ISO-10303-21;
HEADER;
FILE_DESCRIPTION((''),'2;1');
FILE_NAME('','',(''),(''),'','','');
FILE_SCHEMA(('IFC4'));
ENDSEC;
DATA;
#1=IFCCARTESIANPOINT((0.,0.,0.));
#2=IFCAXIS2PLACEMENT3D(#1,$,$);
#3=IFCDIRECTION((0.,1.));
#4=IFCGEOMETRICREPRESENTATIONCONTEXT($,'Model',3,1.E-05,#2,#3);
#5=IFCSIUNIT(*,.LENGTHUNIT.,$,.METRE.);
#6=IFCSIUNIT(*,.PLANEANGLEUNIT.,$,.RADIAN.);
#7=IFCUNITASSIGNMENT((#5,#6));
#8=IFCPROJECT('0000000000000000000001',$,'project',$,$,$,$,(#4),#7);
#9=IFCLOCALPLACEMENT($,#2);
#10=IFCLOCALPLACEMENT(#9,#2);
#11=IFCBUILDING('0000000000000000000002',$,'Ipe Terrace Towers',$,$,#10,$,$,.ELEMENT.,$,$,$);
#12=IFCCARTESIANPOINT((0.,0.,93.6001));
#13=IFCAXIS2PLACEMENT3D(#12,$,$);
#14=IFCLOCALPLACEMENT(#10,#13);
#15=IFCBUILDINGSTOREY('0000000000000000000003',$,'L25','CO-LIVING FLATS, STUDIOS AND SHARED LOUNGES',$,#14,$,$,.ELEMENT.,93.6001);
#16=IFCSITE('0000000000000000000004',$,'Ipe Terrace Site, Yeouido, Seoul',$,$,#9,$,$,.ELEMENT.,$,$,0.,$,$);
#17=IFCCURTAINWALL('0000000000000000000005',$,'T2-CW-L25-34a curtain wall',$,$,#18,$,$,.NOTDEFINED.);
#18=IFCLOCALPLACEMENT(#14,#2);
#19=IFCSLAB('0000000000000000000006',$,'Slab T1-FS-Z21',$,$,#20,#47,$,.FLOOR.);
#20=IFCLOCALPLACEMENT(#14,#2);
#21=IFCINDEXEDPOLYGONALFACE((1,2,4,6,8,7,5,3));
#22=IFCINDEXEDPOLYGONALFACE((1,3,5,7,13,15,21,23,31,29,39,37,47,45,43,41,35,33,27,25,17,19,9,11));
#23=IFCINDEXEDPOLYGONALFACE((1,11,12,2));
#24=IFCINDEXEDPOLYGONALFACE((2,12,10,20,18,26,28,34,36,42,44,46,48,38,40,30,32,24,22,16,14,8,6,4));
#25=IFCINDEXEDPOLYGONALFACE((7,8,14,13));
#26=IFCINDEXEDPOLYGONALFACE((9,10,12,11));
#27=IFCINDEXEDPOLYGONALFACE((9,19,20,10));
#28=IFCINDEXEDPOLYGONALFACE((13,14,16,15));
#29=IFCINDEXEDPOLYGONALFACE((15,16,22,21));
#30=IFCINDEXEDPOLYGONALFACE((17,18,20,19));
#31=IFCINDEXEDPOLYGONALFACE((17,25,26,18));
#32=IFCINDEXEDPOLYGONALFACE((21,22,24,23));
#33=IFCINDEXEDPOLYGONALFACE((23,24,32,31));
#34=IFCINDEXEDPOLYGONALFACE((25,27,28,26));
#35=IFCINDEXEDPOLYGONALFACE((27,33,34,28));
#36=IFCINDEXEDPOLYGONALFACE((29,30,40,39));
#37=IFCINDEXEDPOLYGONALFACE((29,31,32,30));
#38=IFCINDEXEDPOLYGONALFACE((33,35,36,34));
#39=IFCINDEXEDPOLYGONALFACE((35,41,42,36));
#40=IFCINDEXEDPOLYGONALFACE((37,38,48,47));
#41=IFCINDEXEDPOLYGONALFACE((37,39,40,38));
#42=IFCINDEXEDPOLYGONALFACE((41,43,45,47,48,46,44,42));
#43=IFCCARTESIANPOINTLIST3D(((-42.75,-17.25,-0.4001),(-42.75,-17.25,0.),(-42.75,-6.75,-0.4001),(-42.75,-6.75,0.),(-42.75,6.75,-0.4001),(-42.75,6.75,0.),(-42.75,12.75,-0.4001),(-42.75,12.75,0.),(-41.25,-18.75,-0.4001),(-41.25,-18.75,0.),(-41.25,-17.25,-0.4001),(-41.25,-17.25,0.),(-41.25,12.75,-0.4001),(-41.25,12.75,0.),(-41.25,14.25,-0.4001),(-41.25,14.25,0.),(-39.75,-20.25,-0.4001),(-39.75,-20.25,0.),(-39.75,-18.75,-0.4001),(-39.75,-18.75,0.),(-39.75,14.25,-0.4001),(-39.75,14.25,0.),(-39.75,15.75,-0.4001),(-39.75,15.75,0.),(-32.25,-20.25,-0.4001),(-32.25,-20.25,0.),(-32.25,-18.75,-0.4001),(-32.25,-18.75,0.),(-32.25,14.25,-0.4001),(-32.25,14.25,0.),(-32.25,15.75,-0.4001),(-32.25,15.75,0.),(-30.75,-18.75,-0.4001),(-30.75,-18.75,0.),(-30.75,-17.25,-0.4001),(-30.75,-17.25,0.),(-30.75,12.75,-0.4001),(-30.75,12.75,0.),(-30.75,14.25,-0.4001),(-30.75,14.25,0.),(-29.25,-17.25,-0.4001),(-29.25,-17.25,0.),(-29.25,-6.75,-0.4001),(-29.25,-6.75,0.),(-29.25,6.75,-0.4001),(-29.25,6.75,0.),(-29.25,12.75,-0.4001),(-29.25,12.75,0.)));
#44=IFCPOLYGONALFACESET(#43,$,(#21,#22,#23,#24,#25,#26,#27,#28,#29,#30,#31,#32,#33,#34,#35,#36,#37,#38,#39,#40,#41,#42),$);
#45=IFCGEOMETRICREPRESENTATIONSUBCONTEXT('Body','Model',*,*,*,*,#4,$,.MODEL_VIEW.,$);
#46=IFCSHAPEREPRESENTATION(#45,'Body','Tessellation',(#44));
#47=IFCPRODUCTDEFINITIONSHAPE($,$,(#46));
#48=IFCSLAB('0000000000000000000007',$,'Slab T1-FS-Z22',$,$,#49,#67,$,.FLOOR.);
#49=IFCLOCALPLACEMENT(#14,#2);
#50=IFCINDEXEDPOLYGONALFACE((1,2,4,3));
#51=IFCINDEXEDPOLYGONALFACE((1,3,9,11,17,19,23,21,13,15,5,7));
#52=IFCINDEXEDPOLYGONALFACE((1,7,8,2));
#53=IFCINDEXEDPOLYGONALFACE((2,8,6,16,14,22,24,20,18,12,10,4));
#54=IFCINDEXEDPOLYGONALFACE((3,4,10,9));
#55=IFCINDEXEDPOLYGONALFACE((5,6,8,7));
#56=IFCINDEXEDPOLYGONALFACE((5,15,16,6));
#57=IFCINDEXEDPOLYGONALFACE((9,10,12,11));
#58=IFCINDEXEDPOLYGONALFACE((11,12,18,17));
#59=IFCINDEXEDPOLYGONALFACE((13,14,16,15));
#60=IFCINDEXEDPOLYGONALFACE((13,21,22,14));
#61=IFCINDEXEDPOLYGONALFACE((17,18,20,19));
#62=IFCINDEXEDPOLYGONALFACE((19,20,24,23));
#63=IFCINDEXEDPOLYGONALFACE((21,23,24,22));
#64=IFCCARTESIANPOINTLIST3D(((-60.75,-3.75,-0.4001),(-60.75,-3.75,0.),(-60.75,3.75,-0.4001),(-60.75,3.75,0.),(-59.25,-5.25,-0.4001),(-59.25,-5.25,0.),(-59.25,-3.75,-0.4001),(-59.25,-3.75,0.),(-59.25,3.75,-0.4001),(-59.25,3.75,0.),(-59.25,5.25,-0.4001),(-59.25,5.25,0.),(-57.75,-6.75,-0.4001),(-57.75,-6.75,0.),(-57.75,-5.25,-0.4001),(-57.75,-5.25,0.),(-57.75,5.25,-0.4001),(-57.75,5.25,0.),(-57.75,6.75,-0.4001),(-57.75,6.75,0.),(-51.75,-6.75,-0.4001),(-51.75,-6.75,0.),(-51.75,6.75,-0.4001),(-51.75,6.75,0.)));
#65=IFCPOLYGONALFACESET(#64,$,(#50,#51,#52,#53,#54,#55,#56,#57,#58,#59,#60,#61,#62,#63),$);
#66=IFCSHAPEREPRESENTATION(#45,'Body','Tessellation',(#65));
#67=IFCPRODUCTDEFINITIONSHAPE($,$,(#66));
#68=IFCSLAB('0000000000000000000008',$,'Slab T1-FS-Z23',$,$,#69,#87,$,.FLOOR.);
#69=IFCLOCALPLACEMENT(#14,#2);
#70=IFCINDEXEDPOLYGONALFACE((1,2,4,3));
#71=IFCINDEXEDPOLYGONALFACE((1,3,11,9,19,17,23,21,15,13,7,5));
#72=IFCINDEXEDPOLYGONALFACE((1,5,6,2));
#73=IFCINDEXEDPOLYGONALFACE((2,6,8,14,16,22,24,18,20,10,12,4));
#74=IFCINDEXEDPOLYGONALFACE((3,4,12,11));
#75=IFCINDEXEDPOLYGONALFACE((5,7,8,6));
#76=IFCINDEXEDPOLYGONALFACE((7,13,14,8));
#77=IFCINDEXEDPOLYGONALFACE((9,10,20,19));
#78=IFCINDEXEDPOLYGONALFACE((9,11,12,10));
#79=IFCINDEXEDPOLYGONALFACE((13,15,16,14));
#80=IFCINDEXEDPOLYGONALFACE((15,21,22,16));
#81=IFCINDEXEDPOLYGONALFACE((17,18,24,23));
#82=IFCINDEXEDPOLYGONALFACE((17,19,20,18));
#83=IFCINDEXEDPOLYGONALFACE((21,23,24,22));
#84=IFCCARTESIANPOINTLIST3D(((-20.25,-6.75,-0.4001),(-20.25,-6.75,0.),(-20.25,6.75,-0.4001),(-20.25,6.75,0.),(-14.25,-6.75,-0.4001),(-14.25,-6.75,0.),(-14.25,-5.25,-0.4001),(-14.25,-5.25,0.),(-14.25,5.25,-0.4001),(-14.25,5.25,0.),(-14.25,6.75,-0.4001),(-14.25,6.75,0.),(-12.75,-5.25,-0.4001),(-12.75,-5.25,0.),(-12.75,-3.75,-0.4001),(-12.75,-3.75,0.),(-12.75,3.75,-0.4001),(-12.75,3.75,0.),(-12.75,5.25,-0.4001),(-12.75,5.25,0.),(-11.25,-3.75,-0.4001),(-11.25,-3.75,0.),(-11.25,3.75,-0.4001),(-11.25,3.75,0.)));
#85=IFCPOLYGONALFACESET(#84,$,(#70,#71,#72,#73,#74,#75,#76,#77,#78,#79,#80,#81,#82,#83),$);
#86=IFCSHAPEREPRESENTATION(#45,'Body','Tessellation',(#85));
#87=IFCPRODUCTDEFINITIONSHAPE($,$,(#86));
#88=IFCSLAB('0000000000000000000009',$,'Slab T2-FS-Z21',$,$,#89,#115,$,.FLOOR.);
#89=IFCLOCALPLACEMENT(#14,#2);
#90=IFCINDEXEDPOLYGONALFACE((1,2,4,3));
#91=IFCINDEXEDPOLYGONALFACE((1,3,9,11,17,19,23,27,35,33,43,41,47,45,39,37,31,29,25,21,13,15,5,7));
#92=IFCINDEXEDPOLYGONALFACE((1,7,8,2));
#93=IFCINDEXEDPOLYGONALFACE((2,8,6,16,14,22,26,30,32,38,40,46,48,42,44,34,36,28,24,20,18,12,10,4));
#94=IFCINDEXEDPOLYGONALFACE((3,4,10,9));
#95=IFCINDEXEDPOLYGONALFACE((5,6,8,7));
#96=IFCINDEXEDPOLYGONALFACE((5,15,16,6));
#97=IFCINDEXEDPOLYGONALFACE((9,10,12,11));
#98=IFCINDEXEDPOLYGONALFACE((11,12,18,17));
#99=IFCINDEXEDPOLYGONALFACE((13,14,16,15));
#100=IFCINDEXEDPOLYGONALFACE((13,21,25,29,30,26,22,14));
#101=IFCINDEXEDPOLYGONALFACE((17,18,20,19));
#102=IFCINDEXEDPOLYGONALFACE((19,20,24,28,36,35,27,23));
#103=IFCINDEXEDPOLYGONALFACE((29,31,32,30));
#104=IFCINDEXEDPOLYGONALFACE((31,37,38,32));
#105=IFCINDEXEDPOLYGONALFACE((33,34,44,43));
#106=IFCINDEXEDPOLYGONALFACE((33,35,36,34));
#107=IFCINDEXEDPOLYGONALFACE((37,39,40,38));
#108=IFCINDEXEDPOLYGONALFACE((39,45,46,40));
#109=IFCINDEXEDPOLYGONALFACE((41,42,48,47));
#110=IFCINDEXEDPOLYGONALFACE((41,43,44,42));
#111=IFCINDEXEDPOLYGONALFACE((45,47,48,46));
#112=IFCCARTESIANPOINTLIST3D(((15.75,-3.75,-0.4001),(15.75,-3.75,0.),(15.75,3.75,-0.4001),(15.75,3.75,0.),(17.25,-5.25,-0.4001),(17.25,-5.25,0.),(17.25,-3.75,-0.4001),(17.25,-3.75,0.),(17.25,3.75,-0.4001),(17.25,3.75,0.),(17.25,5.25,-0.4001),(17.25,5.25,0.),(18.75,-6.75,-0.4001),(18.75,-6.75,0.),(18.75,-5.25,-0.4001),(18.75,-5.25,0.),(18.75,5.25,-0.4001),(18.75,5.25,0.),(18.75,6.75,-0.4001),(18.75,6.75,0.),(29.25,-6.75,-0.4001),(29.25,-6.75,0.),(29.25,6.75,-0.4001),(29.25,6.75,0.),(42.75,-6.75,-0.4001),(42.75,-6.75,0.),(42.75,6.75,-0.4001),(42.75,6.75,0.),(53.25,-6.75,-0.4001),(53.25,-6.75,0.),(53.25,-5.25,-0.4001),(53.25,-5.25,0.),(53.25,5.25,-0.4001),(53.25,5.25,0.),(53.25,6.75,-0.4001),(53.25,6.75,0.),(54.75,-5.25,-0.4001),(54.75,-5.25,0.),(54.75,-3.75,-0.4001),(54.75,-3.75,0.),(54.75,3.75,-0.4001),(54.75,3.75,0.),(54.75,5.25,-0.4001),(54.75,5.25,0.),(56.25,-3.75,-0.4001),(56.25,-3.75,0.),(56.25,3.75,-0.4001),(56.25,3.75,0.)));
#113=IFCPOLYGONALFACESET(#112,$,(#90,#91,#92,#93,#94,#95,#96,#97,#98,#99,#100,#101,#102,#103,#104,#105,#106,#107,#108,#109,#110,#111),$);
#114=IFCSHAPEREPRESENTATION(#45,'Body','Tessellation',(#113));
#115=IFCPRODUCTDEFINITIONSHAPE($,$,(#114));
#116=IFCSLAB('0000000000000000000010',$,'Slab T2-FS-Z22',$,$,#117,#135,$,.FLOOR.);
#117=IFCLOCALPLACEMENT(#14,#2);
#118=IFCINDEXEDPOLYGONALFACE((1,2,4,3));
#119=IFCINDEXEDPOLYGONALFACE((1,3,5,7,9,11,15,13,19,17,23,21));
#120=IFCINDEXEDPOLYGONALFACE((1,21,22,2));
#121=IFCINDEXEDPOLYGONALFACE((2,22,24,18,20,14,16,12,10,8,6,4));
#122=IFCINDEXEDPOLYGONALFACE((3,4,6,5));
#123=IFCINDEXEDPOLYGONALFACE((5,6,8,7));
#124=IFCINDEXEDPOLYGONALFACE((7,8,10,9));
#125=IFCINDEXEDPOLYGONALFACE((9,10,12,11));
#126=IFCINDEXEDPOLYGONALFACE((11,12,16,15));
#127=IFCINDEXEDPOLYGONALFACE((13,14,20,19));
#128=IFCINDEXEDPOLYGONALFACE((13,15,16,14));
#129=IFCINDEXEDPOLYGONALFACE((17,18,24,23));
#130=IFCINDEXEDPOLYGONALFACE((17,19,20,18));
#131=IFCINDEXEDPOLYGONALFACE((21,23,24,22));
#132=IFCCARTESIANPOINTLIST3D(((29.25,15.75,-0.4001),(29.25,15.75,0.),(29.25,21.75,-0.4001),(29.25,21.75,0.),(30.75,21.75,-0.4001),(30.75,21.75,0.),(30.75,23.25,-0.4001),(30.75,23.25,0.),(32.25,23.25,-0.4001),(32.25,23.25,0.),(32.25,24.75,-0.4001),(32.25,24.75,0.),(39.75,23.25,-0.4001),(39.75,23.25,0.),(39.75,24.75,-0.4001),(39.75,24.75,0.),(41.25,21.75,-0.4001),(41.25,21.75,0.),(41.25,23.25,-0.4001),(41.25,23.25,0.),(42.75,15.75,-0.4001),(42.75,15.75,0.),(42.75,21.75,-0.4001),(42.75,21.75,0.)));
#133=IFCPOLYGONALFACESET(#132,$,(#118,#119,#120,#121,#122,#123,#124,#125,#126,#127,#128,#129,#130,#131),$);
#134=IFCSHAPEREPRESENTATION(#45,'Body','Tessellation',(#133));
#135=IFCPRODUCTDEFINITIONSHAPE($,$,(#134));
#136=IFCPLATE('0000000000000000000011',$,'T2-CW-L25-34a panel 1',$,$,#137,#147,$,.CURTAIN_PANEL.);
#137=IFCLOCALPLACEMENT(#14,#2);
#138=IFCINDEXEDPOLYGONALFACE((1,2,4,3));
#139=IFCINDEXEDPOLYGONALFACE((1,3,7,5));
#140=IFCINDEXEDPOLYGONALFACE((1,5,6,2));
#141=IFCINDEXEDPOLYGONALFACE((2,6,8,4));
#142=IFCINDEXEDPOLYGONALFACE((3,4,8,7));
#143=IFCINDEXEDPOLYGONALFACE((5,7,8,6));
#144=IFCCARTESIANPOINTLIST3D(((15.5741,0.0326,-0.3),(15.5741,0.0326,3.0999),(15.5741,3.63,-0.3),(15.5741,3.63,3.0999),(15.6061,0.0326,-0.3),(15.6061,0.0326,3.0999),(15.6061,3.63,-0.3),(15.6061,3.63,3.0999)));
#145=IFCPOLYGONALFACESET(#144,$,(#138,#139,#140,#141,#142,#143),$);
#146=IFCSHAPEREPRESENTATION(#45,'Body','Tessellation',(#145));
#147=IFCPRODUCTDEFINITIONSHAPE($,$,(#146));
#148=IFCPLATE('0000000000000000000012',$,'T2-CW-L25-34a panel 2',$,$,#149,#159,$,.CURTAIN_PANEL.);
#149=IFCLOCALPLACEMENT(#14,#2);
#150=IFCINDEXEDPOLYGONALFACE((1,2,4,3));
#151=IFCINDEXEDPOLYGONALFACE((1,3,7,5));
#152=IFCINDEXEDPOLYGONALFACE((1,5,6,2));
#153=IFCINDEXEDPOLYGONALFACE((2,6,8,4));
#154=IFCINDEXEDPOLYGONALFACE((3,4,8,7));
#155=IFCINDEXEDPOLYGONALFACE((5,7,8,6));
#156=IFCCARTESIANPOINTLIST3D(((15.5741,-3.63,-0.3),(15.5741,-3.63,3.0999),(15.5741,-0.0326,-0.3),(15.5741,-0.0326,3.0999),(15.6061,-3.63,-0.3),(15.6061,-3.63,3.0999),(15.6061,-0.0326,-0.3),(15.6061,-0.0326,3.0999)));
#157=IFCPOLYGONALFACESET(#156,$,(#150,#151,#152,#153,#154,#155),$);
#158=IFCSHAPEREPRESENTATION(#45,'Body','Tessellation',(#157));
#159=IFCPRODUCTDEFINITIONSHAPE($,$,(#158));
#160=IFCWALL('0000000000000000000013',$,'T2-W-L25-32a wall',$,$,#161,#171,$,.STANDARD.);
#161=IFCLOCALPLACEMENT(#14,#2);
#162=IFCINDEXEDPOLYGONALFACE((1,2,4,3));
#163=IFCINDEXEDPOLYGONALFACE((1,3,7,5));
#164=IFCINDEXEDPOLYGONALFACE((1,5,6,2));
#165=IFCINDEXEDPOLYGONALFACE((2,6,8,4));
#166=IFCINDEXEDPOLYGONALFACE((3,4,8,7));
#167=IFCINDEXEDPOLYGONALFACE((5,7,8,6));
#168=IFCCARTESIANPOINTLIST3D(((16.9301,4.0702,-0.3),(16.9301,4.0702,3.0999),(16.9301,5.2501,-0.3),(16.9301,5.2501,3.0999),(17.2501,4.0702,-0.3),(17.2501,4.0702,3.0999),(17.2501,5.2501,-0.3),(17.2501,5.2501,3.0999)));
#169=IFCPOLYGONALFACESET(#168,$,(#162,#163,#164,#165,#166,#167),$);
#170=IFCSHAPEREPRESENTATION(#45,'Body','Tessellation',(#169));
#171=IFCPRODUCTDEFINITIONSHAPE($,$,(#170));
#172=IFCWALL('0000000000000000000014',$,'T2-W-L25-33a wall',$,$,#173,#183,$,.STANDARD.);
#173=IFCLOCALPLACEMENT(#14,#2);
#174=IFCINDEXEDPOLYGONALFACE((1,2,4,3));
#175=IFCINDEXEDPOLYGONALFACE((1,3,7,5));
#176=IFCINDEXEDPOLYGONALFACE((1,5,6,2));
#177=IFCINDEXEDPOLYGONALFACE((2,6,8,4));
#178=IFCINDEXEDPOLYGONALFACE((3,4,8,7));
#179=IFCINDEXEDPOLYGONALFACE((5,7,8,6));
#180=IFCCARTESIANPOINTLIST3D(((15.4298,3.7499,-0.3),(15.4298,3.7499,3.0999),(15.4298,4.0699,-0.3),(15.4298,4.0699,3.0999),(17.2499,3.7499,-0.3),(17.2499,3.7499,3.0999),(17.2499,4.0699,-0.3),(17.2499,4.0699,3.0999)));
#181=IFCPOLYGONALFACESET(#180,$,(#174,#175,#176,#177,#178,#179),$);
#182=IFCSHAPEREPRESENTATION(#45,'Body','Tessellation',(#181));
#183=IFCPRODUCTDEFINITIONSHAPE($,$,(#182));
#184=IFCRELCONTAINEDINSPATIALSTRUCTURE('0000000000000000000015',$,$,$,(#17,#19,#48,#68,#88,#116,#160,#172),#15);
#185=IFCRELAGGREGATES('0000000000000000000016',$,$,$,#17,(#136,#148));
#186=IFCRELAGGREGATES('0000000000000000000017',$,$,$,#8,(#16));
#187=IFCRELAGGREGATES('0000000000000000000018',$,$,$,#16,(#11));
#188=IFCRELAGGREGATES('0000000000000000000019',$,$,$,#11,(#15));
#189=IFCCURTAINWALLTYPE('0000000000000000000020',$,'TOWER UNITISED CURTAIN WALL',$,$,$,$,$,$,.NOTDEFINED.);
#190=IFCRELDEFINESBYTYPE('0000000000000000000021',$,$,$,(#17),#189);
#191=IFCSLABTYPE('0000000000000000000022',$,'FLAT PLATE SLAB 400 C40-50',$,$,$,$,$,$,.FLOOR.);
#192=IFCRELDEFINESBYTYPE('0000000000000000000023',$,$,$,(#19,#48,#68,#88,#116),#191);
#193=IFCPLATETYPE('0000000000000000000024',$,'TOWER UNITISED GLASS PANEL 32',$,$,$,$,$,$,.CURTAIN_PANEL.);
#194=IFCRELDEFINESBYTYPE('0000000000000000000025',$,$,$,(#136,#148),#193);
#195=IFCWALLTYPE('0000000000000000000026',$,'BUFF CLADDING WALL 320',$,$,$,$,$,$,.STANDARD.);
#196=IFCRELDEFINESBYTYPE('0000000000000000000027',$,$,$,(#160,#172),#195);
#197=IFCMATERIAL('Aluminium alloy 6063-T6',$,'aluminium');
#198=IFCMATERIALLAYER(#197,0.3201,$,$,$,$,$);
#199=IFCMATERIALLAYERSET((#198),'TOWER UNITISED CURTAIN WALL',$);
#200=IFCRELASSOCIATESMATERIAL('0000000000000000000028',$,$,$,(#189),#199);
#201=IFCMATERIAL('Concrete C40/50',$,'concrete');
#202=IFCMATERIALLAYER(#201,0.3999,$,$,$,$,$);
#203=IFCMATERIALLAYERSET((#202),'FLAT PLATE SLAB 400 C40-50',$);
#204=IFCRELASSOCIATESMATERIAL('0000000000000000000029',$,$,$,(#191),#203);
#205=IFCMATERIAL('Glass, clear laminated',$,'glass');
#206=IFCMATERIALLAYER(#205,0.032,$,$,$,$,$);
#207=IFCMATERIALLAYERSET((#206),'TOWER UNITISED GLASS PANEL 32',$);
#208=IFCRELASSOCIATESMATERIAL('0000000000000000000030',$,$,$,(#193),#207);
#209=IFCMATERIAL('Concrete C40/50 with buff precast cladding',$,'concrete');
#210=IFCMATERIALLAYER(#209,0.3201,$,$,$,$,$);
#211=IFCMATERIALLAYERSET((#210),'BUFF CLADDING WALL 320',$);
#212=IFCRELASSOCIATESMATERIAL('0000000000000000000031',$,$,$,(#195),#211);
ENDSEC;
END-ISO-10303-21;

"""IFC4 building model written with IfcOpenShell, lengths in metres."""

from ifc_helpers import new_model, si_unit, direction, frame, frame_2d, origin, origin_2d, place, context, subcontext, project, spatial, polyline, rectangle, outline, extrude, material, layer, layer_set, type_object, element, aggregate, save


model = new_model("IFC4")

# Units and contexts
model_context = context("Model", 3, precision=1e-05, world=origin(), true_north=direction((0.0, 1.0)))
body_context = subcontext(model_context, "Body", "Model", "MODEL_VIEW")
ifc_project = project(units=[si_unit("LENGTHUNIT", "METRE"), si_unit("PLANEANGLEUNIT", "RADIAN")], contexts=[model_context])

# Site, building, storey
site_placement = place(None, origin())
site = spatial("IfcSite", under=ifc_project, at=site_placement, Name="Ipe Terrace Site, Yeouido, Seoul", CompositionType="ELEMENT", RefElevation=0.0)
building_placement = place(site_placement, origin())
building = spatial("IfcBuilding", under=site, at=building_placement, Name="Ipe Terrace Towers", CompositionType="ELEMENT")
storey_placement = place(building_placement, frame((0.0, 0.0, 93.6001)))
storey = spatial("IfcBuildingStorey", under=building, at=storey_placement, Name="L25", Description="CO-LIVING FLATS, STUDIOS AND SHARED LOUNGES", CompositionType="ELEMENT", Elevation=93.6001)

# Curtain wall
ifc_material_1 = material(Name="Aluminium alloy 6063-T6", Category="aluminium")
ifc_layer_1 = layer(ifc_material_1, 0.3201)
ifc_layer_set_1 = layer_set([ifc_layer_1], Name="TOWER UNITISED CURTAIN WALL")
curtain_wall_type = type_object("IfcCurtainWallType", Name="TOWER UNITISED CURTAIN WALL", PredefinedType="NOTDEFINED", material=ifc_layer_set_1)
curtain_wall_placement = place(storey_placement, origin())
curtain_wall = element("IfcCurtainWall", 1, at=curtain_wall_placement, inside=storey, type_object=curtain_wall_type, Name="T2-CW-L25-34a curtain wall", PredefinedType="NOTDEFINED")

# Slabs
ifc_material_2 = material(Name="Concrete C40/50", Category="concrete")
ifc_layer_2 = layer(ifc_material_2, 0.3999)
ifc_layer_set_2 = layer_set([ifc_layer_2], Name="FLAT PLATE SLAB 400 C40-50")
slab_type_1 = type_object("IfcSlabType", Name="FLAT PLATE SLAB 400 C40-50", PredefinedType="FLOOR", material=ifc_layer_set_2)
slab_1_placement = place(storey_placement, frame((0.0, 0.0, -0.4001)))
element("IfcSlab", 2, at=slab_1_placement, inside=storey, type_object=slab_type_1, Name="Slab T1-FS-Z21", PredefinedType="FLOOR", context=body_context, shape_type="SweptSolid", body=[
    extrude(outline(polyline([(-30.75, -17.25), (-30.75, -18.75), (-32.25, -18.75), (-32.25, -20.25), (-39.75, -20.25), (-39.75, -18.75), (-41.25, -18.75), (-41.25, -17.25), (-42.75, -17.25), (-42.75, -6.75), (-42.75, 6.75), (-42.75, 12.75), (-41.25, 12.75), (-41.25, 14.25), (-39.75, 14.25), (-39.75, 15.75), (-32.25, 15.75), (-32.25, 14.25), (-30.75, 14.25), (-30.75, 12.75), (-29.25, 12.75), (-29.25, 6.75), (-29.25, -6.75), (-29.25, -17.25), (-30.75, -17.25)])), origin(), (0.0, 0.0, 1.0), 0.4001),
])
slab_2_placement = place(storey_placement, frame((0.0, 0.0, -0.4001)))
element("IfcSlab", 3, at=slab_2_placement, inside=storey, type_object=slab_type_1, Name="Slab T1-FS-Z22", PredefinedType="FLOOR", context=body_context, shape_type="SweptSolid", body=[
    extrude(outline(polyline([(-57.75, -6.75), (-57.75, -5.25), (-59.25, -5.25), (-59.25, -3.75), (-60.75, -3.75), (-60.75, 3.75), (-59.25, 3.75), (-59.25, 5.25), (-57.75, 5.25), (-57.75, 6.75), (-51.75, 6.75), (-51.75, -6.75), (-57.75, -6.75)])), origin(), (0.0, 0.0, 1.0), 0.4001),
])
slab_3_placement = place(storey_placement, frame((0.0, 0.0, -0.4001)))
element("IfcSlab", 4, at=slab_3_placement, inside=storey, type_object=slab_type_1, Name="Slab T1-FS-Z23", PredefinedType="FLOOR", context=body_context, shape_type="SweptSolid", body=[
    extrude(outline(polyline([(-14.25, 5.25), (-12.75, 5.25), (-12.75, 3.75), (-11.25, 3.75), (-11.25, -3.75), (-12.75, -3.75), (-12.75, -5.25), (-14.25, -5.25), (-14.25, -6.75), (-20.25, -6.75), (-20.25, 6.75), (-14.25, 6.75), (-14.25, 5.25)])), origin(), (0.0, 0.0, 1.0), 0.4001),
])
slab_4_placement = place(storey_placement, frame((0.0, 0.0, -0.4001)))
element("IfcSlab", 5, at=slab_4_placement, inside=storey, type_object=slab_type_1, Name="Slab T2-FS-Z21", PredefinedType="FLOOR", context=body_context, shape_type="SweptSolid", body=[
    extrude(outline(polyline([(53.25, 5.25), (54.75, 5.25), (54.75, 3.75), (56.25, 3.75), (56.25, -3.75), (54.75, -3.75), (54.75, -5.25), (53.25, -5.25), (53.25, -6.75), (42.75, -6.75), (29.25, -6.75), (18.75, -6.75), (18.75, -5.25), (17.25, -5.25), (17.25, -3.75), (15.75, -3.75), (15.75, 3.75), (17.25, 3.75), (17.25, 5.25), (18.75, 5.25), (18.75, 6.75), (29.25, 6.75), (42.75, 6.75), (53.25, 6.75), (53.25, 5.25)])), origin(), (0.0, 0.0, 1.0), 0.4001),
])
slab_5_placement = place(storey_placement, frame((0.0, 0.0, -0.4001)))
element("IfcSlab", 6, at=slab_5_placement, inside=storey, type_object=slab_type_1, Name="Slab T2-FS-Z22", PredefinedType="FLOOR", context=body_context, shape_type="SweptSolid", body=[
    extrude(outline(polyline([(30.75, 21.75), (30.75, 23.25), (32.25, 23.25), (32.25, 24.75), (39.75, 24.75), (39.75, 23.25), (41.25, 23.25), (41.25, 21.75), (42.75, 21.75), (42.75, 15.75), (29.25, 15.75), (29.25, 21.75), (30.75, 21.75)])), origin(), (0.0, 0.0, 1.0), 0.4001),
])

# Plates
ifc_material_3 = material(Name="Glass, clear laminated", Category="glass")
ifc_layer_3 = layer(ifc_material_3, 0.032)
ifc_layer_set_3 = layer_set([ifc_layer_3], Name="TOWER UNITISED GLASS PANEL 32")
plate_type = type_object("IfcPlateType", Name="TOWER UNITISED GLASS PANEL 32", PredefinedType="CURTAIN_PANEL", material=ifc_layer_set_3)
plate_1_placement = place(storey_placement, frame((15.5901, 1.8313, -0.3), z_axis=(0.0, 0.0, 1.0), x_axis=(0.0, -1.0, 0.0)))
plate_1 = element("IfcPlate", 7, at=plate_1_placement, type_object=plate_type, Name="T2-CW-L25-34a panel 1", PredefinedType="CURTAIN_PANEL", context=body_context, shape_type="SweptSolid", body=[
    extrude(rectangle(XDim=3.5974, YDim=0.032, at=origin_2d()), origin(), (0.0, 0.0, 1.0), 3.3999),
])
plate_2_placement = place(storey_placement, frame((15.5901, -1.8313, -0.3), z_axis=(0.0, 0.0, 1.0), x_axis=(0.0, -1.0, 0.0)))
plate_2 = element("IfcPlate", 8, at=plate_2_placement, type_object=plate_type, Name="T2-CW-L25-34a panel 2", PredefinedType="CURTAIN_PANEL", context=body_context, shape_type="SweptSolid", body=[
    extrude(rectangle(XDim=3.5974, YDim=0.032, at=origin_2d()), origin(), (0.0, 0.0, 1.0), 3.3999),
])
aggregate(curtain_wall, [plate_1, plate_2])

# Walls
ifc_material_4 = material(Name="Concrete C40/50 with buff precast cladding", Category="concrete")
ifc_layer_4 = layer(ifc_material_4, 0.3201)
ifc_layer_set_4 = layer_set([ifc_layer_4], Name="BUFF CLADDING WALL 320")
wall_type = type_object("IfcWallType", Name="BUFF CLADDING WALL 320", PredefinedType="STANDARD", material=ifc_layer_set_4)
wall_1_placement = place(storey_placement, frame((17.0901, 5.25, -0.3), z_axis=(0.0, 0.0, 1.0), x_axis=(0.0, -1.0, 0.0)))
element("IfcWall", 9, at=wall_1_placement, inside=storey, type_object=wall_type, Name="T2-W-L25-32a wall", PredefinedType="STANDARD", context=body_context, shape_type="SweptSolid", body=[
    extrude(rectangle(XDim=1.1799, YDim=0.3201, at=frame_2d((0.5898, 0.0))), origin(), (0.0, 0.0, 1.0), 3.3999),
])
wall_2_placement = place(storey_placement, frame((17.25, 3.9099, -0.3), z_axis=(0.0, 0.0, 1.0), x_axis=(-1.0, 0.0, 0.0)))
element("IfcWall", 10, at=wall_2_placement, inside=storey, type_object=wall_type, Name="T2-W-L25-33a wall", PredefinedType="STANDARD", context=body_context, shape_type="SweptSolid", body=[
    extrude(rectangle(XDim=1.8201, YDim=0.3201, at=frame_2d((0.9102, 0.0))), origin(), (0.0, 0.0, 1.0), 3.3999),
])

save(model, "model.ifc")
